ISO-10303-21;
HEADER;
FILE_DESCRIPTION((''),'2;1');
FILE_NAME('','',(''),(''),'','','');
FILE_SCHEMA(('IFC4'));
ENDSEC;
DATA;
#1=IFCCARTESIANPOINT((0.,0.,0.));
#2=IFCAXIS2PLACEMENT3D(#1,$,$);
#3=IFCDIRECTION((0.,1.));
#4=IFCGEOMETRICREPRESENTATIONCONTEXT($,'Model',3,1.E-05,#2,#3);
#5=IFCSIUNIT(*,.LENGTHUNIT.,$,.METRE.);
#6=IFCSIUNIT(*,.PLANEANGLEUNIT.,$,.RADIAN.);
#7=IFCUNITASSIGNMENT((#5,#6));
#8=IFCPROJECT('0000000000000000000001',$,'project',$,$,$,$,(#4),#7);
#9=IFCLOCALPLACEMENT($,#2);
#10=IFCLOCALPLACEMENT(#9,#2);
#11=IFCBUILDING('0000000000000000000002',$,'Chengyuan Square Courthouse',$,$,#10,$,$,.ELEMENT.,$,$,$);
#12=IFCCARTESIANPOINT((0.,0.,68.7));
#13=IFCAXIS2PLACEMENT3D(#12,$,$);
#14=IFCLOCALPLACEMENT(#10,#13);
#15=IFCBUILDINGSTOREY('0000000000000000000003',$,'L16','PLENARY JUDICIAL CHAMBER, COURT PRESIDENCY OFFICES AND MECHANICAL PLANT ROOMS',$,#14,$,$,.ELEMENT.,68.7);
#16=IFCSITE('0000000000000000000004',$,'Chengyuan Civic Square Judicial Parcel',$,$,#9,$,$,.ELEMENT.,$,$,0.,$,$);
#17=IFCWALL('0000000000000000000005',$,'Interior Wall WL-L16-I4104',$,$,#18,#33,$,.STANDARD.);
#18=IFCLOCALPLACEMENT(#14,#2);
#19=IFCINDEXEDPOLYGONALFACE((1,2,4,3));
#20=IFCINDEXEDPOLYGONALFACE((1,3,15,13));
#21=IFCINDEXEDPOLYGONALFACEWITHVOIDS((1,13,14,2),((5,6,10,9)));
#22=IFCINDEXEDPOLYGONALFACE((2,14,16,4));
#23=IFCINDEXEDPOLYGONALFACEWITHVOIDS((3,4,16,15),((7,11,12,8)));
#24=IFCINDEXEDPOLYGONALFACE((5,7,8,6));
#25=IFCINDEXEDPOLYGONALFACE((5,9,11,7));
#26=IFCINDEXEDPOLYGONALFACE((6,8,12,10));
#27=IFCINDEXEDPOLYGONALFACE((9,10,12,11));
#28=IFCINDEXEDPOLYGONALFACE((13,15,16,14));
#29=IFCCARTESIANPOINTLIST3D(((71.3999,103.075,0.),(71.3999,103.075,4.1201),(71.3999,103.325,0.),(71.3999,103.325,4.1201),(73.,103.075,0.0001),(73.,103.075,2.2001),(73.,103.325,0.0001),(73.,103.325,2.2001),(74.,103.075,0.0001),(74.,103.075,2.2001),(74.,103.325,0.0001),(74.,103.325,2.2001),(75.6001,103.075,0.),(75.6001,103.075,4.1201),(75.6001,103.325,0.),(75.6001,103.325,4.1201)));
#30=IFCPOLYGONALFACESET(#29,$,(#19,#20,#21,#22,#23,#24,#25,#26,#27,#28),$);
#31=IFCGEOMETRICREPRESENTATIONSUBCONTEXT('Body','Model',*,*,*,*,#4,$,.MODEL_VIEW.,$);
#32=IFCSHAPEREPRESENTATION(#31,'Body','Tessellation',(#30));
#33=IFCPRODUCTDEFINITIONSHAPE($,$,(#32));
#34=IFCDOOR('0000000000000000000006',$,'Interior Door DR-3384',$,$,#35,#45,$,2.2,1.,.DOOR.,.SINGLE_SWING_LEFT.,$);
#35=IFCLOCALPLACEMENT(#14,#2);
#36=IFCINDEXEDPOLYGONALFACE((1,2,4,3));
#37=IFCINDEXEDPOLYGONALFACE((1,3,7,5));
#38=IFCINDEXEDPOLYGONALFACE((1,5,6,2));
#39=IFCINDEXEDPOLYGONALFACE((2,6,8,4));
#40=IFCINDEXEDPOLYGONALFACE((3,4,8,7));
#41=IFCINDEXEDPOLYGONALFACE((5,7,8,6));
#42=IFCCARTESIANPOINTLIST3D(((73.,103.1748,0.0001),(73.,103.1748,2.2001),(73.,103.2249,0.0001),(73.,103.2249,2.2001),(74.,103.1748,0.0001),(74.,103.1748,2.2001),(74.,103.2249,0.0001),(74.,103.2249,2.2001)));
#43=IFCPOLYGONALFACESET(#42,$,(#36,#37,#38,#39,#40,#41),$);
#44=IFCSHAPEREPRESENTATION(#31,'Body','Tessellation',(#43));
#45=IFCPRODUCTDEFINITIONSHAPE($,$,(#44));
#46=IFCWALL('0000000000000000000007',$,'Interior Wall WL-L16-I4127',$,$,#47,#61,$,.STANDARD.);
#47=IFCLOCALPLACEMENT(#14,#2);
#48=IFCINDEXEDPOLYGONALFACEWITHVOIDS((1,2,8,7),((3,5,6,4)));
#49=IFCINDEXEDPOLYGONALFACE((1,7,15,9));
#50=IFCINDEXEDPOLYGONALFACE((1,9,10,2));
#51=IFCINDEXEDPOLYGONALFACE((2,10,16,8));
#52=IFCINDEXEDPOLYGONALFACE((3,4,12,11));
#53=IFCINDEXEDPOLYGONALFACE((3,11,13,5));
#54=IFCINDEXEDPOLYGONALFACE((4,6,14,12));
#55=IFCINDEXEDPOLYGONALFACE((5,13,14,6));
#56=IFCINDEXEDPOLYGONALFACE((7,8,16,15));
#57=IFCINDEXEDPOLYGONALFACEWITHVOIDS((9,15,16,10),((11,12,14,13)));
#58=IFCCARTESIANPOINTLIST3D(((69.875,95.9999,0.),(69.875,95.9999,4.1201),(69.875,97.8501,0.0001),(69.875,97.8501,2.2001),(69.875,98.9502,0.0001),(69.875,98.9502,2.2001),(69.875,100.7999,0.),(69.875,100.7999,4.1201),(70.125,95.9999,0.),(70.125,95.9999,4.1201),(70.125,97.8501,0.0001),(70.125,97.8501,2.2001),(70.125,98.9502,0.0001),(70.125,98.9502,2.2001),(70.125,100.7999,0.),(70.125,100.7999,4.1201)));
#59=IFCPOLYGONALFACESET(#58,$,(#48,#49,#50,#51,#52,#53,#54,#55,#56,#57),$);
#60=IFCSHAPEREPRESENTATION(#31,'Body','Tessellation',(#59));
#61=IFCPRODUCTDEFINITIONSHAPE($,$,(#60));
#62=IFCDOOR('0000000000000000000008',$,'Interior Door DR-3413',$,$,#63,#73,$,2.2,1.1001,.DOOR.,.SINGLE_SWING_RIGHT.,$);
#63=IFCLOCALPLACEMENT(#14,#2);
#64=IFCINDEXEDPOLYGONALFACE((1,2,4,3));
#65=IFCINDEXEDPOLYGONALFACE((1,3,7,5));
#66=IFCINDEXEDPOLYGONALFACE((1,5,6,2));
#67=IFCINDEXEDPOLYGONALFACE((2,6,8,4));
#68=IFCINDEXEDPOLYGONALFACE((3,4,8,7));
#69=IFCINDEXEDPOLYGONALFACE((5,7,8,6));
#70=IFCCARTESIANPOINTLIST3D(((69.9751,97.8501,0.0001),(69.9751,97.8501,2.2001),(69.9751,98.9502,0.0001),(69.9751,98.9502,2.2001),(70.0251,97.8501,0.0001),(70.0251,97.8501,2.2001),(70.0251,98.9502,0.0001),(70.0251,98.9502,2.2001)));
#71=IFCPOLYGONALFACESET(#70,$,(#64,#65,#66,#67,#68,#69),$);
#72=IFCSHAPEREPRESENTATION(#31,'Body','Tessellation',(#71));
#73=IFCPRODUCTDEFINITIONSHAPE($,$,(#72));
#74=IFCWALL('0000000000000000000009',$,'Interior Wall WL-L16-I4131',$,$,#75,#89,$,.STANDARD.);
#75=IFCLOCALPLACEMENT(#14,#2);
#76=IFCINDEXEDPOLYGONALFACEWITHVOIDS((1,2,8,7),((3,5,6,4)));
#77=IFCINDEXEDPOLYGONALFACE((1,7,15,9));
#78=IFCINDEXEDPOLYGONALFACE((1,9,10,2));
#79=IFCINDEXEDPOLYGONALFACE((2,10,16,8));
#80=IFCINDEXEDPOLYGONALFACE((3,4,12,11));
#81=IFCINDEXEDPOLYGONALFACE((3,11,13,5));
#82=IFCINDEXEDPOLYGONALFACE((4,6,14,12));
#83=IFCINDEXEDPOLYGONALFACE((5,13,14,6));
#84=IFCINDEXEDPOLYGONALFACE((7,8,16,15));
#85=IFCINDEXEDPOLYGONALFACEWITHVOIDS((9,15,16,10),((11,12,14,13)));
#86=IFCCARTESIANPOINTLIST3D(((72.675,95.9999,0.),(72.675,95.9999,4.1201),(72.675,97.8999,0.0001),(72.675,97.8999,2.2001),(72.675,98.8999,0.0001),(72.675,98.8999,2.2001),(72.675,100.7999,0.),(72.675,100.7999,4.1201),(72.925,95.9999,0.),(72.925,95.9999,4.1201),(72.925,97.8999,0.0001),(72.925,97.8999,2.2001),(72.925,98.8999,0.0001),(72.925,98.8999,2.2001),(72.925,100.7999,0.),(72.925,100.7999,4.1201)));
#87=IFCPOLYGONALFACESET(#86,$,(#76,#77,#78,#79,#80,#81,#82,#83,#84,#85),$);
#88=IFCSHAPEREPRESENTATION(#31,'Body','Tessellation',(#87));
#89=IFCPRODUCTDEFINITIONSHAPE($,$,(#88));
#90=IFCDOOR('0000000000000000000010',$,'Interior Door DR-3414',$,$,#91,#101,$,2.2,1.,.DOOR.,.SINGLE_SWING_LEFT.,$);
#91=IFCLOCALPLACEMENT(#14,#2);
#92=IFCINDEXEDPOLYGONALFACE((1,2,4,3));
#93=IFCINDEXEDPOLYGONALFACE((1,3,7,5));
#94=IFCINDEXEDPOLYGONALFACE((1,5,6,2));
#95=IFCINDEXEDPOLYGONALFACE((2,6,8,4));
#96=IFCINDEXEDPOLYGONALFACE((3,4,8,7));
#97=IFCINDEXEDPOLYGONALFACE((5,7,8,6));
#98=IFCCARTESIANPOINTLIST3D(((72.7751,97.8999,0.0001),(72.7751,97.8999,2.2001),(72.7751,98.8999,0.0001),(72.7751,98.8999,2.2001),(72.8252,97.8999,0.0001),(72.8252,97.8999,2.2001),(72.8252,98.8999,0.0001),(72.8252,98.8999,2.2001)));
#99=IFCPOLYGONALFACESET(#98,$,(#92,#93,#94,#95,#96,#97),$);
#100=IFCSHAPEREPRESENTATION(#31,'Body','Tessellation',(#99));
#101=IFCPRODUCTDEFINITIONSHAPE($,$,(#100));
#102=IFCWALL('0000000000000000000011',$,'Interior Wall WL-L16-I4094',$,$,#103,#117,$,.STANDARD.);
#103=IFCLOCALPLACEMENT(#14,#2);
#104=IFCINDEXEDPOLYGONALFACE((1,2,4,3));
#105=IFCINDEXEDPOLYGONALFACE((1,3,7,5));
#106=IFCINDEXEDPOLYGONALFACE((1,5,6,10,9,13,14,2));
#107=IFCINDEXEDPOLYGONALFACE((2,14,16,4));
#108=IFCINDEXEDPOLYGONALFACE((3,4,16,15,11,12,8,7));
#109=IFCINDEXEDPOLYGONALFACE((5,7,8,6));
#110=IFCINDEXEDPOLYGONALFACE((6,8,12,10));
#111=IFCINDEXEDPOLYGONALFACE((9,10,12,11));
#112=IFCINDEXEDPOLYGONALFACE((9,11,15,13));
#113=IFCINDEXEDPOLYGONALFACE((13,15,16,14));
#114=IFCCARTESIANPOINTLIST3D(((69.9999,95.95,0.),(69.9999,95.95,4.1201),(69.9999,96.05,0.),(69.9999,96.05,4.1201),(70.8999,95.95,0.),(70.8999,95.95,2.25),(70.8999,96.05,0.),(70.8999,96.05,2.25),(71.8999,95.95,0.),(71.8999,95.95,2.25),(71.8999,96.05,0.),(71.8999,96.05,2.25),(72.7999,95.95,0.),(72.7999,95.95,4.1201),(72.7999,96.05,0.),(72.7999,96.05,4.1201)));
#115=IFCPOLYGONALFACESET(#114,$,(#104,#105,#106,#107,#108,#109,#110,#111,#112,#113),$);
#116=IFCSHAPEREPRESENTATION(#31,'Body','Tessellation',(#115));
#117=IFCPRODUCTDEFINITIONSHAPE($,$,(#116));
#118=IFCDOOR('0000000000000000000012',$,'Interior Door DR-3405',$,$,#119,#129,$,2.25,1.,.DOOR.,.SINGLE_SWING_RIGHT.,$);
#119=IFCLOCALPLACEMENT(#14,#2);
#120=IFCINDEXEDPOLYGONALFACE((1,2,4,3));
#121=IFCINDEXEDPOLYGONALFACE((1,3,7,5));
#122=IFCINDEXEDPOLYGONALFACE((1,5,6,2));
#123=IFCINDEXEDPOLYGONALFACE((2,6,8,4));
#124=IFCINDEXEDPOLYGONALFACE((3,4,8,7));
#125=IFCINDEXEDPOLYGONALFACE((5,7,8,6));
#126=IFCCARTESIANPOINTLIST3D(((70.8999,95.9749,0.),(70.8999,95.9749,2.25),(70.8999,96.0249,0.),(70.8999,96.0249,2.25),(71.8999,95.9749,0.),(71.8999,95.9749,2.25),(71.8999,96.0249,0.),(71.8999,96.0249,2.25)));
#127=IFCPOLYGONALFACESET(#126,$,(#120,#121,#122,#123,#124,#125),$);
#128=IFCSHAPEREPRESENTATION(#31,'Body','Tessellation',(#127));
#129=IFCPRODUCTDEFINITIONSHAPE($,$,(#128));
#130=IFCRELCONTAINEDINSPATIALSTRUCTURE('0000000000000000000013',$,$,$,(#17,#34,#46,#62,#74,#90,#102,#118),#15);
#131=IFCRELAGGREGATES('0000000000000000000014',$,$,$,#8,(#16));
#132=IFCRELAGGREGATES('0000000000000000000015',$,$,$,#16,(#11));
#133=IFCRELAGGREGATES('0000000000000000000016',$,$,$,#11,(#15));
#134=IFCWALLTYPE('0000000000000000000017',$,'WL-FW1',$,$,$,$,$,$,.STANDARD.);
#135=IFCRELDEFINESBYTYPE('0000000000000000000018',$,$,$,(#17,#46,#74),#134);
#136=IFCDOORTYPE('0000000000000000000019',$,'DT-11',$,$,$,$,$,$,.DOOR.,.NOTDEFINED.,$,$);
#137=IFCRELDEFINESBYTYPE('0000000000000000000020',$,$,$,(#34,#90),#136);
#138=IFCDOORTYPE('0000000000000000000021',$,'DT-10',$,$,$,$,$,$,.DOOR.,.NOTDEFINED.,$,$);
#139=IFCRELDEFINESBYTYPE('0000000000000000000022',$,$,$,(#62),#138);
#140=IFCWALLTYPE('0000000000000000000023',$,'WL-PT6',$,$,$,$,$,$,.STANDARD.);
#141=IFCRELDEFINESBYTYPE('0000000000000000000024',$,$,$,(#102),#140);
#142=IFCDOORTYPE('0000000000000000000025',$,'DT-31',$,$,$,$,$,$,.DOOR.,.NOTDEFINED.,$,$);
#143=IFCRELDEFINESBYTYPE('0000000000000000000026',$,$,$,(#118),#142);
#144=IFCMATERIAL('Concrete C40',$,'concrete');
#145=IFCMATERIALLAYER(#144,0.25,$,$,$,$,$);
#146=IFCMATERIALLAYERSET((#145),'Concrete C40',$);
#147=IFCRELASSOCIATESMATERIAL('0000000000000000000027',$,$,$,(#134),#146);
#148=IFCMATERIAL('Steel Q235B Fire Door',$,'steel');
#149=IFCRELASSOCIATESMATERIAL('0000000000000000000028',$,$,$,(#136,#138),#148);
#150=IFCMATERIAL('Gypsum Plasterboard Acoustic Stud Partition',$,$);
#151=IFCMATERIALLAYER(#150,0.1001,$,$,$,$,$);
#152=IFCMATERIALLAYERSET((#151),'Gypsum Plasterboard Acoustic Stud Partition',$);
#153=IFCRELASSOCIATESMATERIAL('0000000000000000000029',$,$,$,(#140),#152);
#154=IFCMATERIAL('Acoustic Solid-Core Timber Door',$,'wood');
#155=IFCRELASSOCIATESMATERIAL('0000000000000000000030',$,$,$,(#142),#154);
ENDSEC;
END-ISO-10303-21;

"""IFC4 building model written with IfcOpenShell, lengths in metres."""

from ifc_helpers import new_model, si_unit, direction, frame, frame_2d, origin, place, context, subcontext, project, spatial, rectangle, extrude, material, layer, layer_set, type_object, element, fill, save


model = new_model("IFC4")

# Units and contexts
model_context = context("Model", 3, precision=1e-05, world=origin(), true_north=direction((0.0, 1.0)))
body_context = subcontext(model_context, "Body", "Model", "MODEL_VIEW")
ifc_project = project(units=[si_unit("LENGTHUNIT", "METRE"), si_unit("PLANEANGLEUNIT", "RADIAN")], contexts=[model_context])

# Site, building, storey
site_placement = place(None, origin())
site = spatial("IfcSite", under=ifc_project, at=site_placement, Name="Chengyuan Civic Square Judicial Parcel", CompositionType="ELEMENT", RefElevation=0.0)
building_placement = place(site_placement, origin())
building = spatial("IfcBuilding", under=site, at=building_placement, Name="Chengyuan Square Courthouse", CompositionType="ELEMENT")
storey_placement = place(building_placement, frame((0.0, 0.0, 68.7)))
storey = spatial("IfcBuildingStorey", under=building, at=storey_placement, Name="L16", Description="PLENARY JUDICIAL CHAMBER, COURT PRESIDENCY OFFICES AND MECHANICAL PLANT ROOMS", CompositionType="ELEMENT", Elevation=68.7)

# Shared definitions
ifc_material_1 = material(Name="Concrete C40", Category="concrete")
ifc_layer_1 = layer(ifc_material_1, 0.25)
ifc_layer_set_1 = layer_set([ifc_layer_1], Name="Concrete C40")
wall_type_1 = type_object("IfcWallType", Name="WL-FW1", PredefinedType="STANDARD", material=ifc_layer_set_1)
ifc_material_2 = material(Name="Steel Q235B Fire Door", Category="steel")
door_type_1 = type_object("IfcDoorType", Name="DT-11", OperationType="NOTDEFINED", PredefinedType="DOOR", material=ifc_material_2)
door_type_2 = type_object("IfcDoorType", Name="DT-10", OperationType="NOTDEFINED", PredefinedType="DOOR", material=ifc_material_2)

# Walls, openings, doors
wall_1_placement = place(storey_placement, frame((71.3999, 103.2, 0.0), z_axis=(0.0, 0.0, 1.0), x_axis=(1.0, 0.0, 0.0)))
wall_1 = element("IfcWall", 1, at=wall_1_placement, inside=storey, type_object=wall_type_1, Name="Interior Wall WL-L16-I4104", PredefinedType="STANDARD", context=body_context, shape_type="SweptSolid", body=[
    extrude(rectangle(XDim=4.2002, YDim=0.25, at=frame_2d((2.1001, 0.0))), origin(), (0.0, 0.0, 1.0), 4.1201),
])
opening_1_placement = place(wall_1_placement, frame((1.6001, 0.0, 0.0)))
opening_1 = element("IfcOpeningElement", 2, at=opening_1_placement, cuts=wall_1, PredefinedType="OPENING", context=body_context, shape_type="SweptSolid", body=[
    extrude(rectangle(XDim=1.0, YDim=2.2, at=frame_2d((0.5, 1.1001))), frame((0.0, 0.137, 0.0), z_axis=(0.0, -1.0, 0.0), x_axis=(1.0, 0.0, 0.0)), (0.0, 0.0, 1.0), 0.2739),
])
door_1_placement = place(opening_1_placement, origin())
door_1 = element("IfcDoor", 3, at=door_1_placement, inside=storey, type_object=door_type_1, Name="Interior Door DR-3384", OperationType="SINGLE_SWING_LEFT", OverallHeight=2.2, OverallWidth=1.0, PredefinedType="DOOR", context=body_context, shape_type="SweptSolid", body=[
    extrude(rectangle(XDim=1.0, YDim=2.2, at=frame_2d((0.5, 1.1001))), frame((0.0, 0.0249, 0.0), z_axis=(0.0, -1.0, 0.0), x_axis=(1.0, 0.0, 0.0)), (0.0, 0.0, 1.0), 0.05),
])
fill(opening_1, door_1)
wall_2_placement = place(storey_placement, frame((70.0, 96.0, 0.0), z_axis=(0.0, 0.0, 1.0), x_axis=(0.0, 1.0, 0.0)))
wall_2 = element("IfcWall", 4, at=wall_2_placement, inside=storey, type_object=wall_type_1, Name="Interior Wall WL-L16-I4127", PredefinedType="STANDARD", context=body_context, shape_type="SweptSolid", body=[
    extrude(rectangle(XDim=4.8, YDim=0.25, at=frame_2d((2.3999, 0.0))), origin(), (0.0, 0.0, 1.0), 4.1201),
])
opening_2_placement = place(wall_2_placement, frame((1.8501, 0.0, 0.0)))
opening_2 = element("IfcOpeningElement", 5, at=opening_2_placement, cuts=wall_2, PredefinedType="OPENING", context=body_context, shape_type="SweptSolid", body=[
    extrude(rectangle(XDim=1.1001, YDim=2.2, at=frame_2d((0.55, 1.1001))), frame((0.0, 0.137, 0.0), z_axis=(0.0, -1.0, 0.0), x_axis=(1.0, 0.0, 0.0)), (0.0, 0.0, 1.0), 0.2739),
])
door_2_placement = place(opening_2_placement, origin())
door_2 = element("IfcDoor", 6, at=door_2_placement, inside=storey, type_object=door_type_2, Name="Interior Door DR-3413", OperationType="SINGLE_SWING_RIGHT", OverallHeight=2.2, OverallWidth=1.1001, PredefinedType="DOOR", context=body_context, shape_type="SweptSolid", body=[
    extrude(rectangle(XDim=1.1001, YDim=2.2, at=frame_2d((0.55, 1.1001))), frame((0.0, 0.0249, 0.0), z_axis=(0.0, -1.0, 0.0), x_axis=(1.0, 0.0, 0.0)), (0.0, 0.0, 1.0), 0.05),
])
fill(opening_2, door_2)
wall_3_placement = place(storey_placement, frame((72.8, 96.0, 0.0), z_axis=(0.0, 0.0, 1.0), x_axis=(0.0, 1.0, 0.0)))
wall_3 = element("IfcWall", 7, at=wall_3_placement, inside=storey, type_object=wall_type_1, Name="Interior Wall WL-L16-I4131", PredefinedType="STANDARD", context=body_context, shape_type="SweptSolid", body=[
    extrude(rectangle(XDim=4.8, YDim=0.25, at=frame_2d((2.3999, 0.0))), origin(), (0.0, 0.0, 1.0), 4.1201),
])
opening_3_placement = place(wall_3_placement, frame((1.8999, 0.0, 0.0)))
opening_3 = element("IfcOpeningElement", 8, at=opening_3_placement, cuts=wall_3, PredefinedType="OPENING", context=body_context, shape_type="SweptSolid", body=[
    extrude(rectangle(XDim=1.0, YDim=2.2, at=frame_2d((0.5, 1.1001))), frame((0.0, 0.137, 0.0), z_axis=(0.0, -1.0, 0.0), x_axis=(1.0, 0.0, 0.0)), (0.0, 0.0, 1.0), 0.2739),
])
door_3_placement = place(opening_3_placement, origin())
door_3 = element("IfcDoor", 9, at=door_3_placement, inside=storey, type_object=door_type_1, Name="Interior Door DR-3414", OperationType="SINGLE_SWING_LEFT", OverallHeight=2.2, OverallWidth=1.0, PredefinedType="DOOR", context=body_context, shape_type="SweptSolid", body=[
    extrude(rectangle(XDim=1.0, YDim=2.2, at=frame_2d((0.5, 1.1001))), frame((0.0, 0.0249, 0.0), z_axis=(0.0, -1.0, 0.0), x_axis=(1.0, 0.0, 0.0)), (0.0, 0.0, 1.0), 0.05),
])
fill(opening_3, door_3)
ifc_material_3 = material(Name="Gypsum Plasterboard Acoustic Stud Partition")
ifc_layer_2 = layer(ifc_material_3, 0.1001)
ifc_layer_set_2 = layer_set([ifc_layer_2], Name="Gypsum Plasterboard Acoustic Stud Partition")
wall_type_2 = type_object("IfcWallType", Name="WL-PT6", PredefinedType="STANDARD", material=ifc_layer_set_2)
wall_4_placement = place(storey_placement, frame((70.0, 96.0, 0.0), z_axis=(0.0, 0.0, 1.0), x_axis=(1.0, 0.0, 0.0)))
wall_4 = element("IfcWall", 10, at=wall_4_placement, inside=storey, type_object=wall_type_2, Name="Interior Wall WL-L16-I4094", PredefinedType="STANDARD", context=body_context, shape_type="SweptSolid", body=[
    extrude(rectangle(XDim=2.8, YDim=0.1001, at=frame_2d((1.3999, 0.0))), origin(), (0.0, 0.0, 1.0), 4.1201),
])
opening_4_placement = place(wall_4_placement, frame((0.8999, 0.0, 0.0)))
opening_4 = element("IfcOpeningElement", 11, at=opening_4_placement, cuts=wall_4, PredefinedType="OPENING", context=body_context, shape_type="SweptSolid", body=[
    extrude(rectangle(XDim=1.0, YDim=2.25, at=frame_2d((0.5, 1.125))), frame((0.0, 0.062, 0.0), z_axis=(0.0, -1.0, 0.0), x_axis=(1.0, 0.0, 0.0)), (0.0, 0.0, 1.0), 0.124),
])
ifc_material_4 = material(Name="Acoustic Solid-Core Timber Door", Category="wood")
door_type_3 = type_object("IfcDoorType", Name="DT-31", OperationType="NOTDEFINED", PredefinedType="DOOR", material=ifc_material_4)
door_4_placement = place(opening_4_placement, origin())
door_4 = element("IfcDoor", 12, at=door_4_placement, inside=storey, type_object=door_type_3, Name="Interior Door DR-3405", OperationType="SINGLE_SWING_RIGHT", OverallHeight=2.25, OverallWidth=1.0, PredefinedType="DOOR", context=body_context, shape_type="SweptSolid", body=[
    extrude(rectangle(XDim=1.0, YDim=2.25, at=frame_2d((0.5, 1.125))), frame((0.0, 0.0249, 0.0), z_axis=(0.0, -1.0, 0.0), x_axis=(1.0, 0.0, 0.0)), (0.0, 0.0, 1.0), 0.05),
])
fill(opening_4, door_4)

save(model, "model.ifc")
